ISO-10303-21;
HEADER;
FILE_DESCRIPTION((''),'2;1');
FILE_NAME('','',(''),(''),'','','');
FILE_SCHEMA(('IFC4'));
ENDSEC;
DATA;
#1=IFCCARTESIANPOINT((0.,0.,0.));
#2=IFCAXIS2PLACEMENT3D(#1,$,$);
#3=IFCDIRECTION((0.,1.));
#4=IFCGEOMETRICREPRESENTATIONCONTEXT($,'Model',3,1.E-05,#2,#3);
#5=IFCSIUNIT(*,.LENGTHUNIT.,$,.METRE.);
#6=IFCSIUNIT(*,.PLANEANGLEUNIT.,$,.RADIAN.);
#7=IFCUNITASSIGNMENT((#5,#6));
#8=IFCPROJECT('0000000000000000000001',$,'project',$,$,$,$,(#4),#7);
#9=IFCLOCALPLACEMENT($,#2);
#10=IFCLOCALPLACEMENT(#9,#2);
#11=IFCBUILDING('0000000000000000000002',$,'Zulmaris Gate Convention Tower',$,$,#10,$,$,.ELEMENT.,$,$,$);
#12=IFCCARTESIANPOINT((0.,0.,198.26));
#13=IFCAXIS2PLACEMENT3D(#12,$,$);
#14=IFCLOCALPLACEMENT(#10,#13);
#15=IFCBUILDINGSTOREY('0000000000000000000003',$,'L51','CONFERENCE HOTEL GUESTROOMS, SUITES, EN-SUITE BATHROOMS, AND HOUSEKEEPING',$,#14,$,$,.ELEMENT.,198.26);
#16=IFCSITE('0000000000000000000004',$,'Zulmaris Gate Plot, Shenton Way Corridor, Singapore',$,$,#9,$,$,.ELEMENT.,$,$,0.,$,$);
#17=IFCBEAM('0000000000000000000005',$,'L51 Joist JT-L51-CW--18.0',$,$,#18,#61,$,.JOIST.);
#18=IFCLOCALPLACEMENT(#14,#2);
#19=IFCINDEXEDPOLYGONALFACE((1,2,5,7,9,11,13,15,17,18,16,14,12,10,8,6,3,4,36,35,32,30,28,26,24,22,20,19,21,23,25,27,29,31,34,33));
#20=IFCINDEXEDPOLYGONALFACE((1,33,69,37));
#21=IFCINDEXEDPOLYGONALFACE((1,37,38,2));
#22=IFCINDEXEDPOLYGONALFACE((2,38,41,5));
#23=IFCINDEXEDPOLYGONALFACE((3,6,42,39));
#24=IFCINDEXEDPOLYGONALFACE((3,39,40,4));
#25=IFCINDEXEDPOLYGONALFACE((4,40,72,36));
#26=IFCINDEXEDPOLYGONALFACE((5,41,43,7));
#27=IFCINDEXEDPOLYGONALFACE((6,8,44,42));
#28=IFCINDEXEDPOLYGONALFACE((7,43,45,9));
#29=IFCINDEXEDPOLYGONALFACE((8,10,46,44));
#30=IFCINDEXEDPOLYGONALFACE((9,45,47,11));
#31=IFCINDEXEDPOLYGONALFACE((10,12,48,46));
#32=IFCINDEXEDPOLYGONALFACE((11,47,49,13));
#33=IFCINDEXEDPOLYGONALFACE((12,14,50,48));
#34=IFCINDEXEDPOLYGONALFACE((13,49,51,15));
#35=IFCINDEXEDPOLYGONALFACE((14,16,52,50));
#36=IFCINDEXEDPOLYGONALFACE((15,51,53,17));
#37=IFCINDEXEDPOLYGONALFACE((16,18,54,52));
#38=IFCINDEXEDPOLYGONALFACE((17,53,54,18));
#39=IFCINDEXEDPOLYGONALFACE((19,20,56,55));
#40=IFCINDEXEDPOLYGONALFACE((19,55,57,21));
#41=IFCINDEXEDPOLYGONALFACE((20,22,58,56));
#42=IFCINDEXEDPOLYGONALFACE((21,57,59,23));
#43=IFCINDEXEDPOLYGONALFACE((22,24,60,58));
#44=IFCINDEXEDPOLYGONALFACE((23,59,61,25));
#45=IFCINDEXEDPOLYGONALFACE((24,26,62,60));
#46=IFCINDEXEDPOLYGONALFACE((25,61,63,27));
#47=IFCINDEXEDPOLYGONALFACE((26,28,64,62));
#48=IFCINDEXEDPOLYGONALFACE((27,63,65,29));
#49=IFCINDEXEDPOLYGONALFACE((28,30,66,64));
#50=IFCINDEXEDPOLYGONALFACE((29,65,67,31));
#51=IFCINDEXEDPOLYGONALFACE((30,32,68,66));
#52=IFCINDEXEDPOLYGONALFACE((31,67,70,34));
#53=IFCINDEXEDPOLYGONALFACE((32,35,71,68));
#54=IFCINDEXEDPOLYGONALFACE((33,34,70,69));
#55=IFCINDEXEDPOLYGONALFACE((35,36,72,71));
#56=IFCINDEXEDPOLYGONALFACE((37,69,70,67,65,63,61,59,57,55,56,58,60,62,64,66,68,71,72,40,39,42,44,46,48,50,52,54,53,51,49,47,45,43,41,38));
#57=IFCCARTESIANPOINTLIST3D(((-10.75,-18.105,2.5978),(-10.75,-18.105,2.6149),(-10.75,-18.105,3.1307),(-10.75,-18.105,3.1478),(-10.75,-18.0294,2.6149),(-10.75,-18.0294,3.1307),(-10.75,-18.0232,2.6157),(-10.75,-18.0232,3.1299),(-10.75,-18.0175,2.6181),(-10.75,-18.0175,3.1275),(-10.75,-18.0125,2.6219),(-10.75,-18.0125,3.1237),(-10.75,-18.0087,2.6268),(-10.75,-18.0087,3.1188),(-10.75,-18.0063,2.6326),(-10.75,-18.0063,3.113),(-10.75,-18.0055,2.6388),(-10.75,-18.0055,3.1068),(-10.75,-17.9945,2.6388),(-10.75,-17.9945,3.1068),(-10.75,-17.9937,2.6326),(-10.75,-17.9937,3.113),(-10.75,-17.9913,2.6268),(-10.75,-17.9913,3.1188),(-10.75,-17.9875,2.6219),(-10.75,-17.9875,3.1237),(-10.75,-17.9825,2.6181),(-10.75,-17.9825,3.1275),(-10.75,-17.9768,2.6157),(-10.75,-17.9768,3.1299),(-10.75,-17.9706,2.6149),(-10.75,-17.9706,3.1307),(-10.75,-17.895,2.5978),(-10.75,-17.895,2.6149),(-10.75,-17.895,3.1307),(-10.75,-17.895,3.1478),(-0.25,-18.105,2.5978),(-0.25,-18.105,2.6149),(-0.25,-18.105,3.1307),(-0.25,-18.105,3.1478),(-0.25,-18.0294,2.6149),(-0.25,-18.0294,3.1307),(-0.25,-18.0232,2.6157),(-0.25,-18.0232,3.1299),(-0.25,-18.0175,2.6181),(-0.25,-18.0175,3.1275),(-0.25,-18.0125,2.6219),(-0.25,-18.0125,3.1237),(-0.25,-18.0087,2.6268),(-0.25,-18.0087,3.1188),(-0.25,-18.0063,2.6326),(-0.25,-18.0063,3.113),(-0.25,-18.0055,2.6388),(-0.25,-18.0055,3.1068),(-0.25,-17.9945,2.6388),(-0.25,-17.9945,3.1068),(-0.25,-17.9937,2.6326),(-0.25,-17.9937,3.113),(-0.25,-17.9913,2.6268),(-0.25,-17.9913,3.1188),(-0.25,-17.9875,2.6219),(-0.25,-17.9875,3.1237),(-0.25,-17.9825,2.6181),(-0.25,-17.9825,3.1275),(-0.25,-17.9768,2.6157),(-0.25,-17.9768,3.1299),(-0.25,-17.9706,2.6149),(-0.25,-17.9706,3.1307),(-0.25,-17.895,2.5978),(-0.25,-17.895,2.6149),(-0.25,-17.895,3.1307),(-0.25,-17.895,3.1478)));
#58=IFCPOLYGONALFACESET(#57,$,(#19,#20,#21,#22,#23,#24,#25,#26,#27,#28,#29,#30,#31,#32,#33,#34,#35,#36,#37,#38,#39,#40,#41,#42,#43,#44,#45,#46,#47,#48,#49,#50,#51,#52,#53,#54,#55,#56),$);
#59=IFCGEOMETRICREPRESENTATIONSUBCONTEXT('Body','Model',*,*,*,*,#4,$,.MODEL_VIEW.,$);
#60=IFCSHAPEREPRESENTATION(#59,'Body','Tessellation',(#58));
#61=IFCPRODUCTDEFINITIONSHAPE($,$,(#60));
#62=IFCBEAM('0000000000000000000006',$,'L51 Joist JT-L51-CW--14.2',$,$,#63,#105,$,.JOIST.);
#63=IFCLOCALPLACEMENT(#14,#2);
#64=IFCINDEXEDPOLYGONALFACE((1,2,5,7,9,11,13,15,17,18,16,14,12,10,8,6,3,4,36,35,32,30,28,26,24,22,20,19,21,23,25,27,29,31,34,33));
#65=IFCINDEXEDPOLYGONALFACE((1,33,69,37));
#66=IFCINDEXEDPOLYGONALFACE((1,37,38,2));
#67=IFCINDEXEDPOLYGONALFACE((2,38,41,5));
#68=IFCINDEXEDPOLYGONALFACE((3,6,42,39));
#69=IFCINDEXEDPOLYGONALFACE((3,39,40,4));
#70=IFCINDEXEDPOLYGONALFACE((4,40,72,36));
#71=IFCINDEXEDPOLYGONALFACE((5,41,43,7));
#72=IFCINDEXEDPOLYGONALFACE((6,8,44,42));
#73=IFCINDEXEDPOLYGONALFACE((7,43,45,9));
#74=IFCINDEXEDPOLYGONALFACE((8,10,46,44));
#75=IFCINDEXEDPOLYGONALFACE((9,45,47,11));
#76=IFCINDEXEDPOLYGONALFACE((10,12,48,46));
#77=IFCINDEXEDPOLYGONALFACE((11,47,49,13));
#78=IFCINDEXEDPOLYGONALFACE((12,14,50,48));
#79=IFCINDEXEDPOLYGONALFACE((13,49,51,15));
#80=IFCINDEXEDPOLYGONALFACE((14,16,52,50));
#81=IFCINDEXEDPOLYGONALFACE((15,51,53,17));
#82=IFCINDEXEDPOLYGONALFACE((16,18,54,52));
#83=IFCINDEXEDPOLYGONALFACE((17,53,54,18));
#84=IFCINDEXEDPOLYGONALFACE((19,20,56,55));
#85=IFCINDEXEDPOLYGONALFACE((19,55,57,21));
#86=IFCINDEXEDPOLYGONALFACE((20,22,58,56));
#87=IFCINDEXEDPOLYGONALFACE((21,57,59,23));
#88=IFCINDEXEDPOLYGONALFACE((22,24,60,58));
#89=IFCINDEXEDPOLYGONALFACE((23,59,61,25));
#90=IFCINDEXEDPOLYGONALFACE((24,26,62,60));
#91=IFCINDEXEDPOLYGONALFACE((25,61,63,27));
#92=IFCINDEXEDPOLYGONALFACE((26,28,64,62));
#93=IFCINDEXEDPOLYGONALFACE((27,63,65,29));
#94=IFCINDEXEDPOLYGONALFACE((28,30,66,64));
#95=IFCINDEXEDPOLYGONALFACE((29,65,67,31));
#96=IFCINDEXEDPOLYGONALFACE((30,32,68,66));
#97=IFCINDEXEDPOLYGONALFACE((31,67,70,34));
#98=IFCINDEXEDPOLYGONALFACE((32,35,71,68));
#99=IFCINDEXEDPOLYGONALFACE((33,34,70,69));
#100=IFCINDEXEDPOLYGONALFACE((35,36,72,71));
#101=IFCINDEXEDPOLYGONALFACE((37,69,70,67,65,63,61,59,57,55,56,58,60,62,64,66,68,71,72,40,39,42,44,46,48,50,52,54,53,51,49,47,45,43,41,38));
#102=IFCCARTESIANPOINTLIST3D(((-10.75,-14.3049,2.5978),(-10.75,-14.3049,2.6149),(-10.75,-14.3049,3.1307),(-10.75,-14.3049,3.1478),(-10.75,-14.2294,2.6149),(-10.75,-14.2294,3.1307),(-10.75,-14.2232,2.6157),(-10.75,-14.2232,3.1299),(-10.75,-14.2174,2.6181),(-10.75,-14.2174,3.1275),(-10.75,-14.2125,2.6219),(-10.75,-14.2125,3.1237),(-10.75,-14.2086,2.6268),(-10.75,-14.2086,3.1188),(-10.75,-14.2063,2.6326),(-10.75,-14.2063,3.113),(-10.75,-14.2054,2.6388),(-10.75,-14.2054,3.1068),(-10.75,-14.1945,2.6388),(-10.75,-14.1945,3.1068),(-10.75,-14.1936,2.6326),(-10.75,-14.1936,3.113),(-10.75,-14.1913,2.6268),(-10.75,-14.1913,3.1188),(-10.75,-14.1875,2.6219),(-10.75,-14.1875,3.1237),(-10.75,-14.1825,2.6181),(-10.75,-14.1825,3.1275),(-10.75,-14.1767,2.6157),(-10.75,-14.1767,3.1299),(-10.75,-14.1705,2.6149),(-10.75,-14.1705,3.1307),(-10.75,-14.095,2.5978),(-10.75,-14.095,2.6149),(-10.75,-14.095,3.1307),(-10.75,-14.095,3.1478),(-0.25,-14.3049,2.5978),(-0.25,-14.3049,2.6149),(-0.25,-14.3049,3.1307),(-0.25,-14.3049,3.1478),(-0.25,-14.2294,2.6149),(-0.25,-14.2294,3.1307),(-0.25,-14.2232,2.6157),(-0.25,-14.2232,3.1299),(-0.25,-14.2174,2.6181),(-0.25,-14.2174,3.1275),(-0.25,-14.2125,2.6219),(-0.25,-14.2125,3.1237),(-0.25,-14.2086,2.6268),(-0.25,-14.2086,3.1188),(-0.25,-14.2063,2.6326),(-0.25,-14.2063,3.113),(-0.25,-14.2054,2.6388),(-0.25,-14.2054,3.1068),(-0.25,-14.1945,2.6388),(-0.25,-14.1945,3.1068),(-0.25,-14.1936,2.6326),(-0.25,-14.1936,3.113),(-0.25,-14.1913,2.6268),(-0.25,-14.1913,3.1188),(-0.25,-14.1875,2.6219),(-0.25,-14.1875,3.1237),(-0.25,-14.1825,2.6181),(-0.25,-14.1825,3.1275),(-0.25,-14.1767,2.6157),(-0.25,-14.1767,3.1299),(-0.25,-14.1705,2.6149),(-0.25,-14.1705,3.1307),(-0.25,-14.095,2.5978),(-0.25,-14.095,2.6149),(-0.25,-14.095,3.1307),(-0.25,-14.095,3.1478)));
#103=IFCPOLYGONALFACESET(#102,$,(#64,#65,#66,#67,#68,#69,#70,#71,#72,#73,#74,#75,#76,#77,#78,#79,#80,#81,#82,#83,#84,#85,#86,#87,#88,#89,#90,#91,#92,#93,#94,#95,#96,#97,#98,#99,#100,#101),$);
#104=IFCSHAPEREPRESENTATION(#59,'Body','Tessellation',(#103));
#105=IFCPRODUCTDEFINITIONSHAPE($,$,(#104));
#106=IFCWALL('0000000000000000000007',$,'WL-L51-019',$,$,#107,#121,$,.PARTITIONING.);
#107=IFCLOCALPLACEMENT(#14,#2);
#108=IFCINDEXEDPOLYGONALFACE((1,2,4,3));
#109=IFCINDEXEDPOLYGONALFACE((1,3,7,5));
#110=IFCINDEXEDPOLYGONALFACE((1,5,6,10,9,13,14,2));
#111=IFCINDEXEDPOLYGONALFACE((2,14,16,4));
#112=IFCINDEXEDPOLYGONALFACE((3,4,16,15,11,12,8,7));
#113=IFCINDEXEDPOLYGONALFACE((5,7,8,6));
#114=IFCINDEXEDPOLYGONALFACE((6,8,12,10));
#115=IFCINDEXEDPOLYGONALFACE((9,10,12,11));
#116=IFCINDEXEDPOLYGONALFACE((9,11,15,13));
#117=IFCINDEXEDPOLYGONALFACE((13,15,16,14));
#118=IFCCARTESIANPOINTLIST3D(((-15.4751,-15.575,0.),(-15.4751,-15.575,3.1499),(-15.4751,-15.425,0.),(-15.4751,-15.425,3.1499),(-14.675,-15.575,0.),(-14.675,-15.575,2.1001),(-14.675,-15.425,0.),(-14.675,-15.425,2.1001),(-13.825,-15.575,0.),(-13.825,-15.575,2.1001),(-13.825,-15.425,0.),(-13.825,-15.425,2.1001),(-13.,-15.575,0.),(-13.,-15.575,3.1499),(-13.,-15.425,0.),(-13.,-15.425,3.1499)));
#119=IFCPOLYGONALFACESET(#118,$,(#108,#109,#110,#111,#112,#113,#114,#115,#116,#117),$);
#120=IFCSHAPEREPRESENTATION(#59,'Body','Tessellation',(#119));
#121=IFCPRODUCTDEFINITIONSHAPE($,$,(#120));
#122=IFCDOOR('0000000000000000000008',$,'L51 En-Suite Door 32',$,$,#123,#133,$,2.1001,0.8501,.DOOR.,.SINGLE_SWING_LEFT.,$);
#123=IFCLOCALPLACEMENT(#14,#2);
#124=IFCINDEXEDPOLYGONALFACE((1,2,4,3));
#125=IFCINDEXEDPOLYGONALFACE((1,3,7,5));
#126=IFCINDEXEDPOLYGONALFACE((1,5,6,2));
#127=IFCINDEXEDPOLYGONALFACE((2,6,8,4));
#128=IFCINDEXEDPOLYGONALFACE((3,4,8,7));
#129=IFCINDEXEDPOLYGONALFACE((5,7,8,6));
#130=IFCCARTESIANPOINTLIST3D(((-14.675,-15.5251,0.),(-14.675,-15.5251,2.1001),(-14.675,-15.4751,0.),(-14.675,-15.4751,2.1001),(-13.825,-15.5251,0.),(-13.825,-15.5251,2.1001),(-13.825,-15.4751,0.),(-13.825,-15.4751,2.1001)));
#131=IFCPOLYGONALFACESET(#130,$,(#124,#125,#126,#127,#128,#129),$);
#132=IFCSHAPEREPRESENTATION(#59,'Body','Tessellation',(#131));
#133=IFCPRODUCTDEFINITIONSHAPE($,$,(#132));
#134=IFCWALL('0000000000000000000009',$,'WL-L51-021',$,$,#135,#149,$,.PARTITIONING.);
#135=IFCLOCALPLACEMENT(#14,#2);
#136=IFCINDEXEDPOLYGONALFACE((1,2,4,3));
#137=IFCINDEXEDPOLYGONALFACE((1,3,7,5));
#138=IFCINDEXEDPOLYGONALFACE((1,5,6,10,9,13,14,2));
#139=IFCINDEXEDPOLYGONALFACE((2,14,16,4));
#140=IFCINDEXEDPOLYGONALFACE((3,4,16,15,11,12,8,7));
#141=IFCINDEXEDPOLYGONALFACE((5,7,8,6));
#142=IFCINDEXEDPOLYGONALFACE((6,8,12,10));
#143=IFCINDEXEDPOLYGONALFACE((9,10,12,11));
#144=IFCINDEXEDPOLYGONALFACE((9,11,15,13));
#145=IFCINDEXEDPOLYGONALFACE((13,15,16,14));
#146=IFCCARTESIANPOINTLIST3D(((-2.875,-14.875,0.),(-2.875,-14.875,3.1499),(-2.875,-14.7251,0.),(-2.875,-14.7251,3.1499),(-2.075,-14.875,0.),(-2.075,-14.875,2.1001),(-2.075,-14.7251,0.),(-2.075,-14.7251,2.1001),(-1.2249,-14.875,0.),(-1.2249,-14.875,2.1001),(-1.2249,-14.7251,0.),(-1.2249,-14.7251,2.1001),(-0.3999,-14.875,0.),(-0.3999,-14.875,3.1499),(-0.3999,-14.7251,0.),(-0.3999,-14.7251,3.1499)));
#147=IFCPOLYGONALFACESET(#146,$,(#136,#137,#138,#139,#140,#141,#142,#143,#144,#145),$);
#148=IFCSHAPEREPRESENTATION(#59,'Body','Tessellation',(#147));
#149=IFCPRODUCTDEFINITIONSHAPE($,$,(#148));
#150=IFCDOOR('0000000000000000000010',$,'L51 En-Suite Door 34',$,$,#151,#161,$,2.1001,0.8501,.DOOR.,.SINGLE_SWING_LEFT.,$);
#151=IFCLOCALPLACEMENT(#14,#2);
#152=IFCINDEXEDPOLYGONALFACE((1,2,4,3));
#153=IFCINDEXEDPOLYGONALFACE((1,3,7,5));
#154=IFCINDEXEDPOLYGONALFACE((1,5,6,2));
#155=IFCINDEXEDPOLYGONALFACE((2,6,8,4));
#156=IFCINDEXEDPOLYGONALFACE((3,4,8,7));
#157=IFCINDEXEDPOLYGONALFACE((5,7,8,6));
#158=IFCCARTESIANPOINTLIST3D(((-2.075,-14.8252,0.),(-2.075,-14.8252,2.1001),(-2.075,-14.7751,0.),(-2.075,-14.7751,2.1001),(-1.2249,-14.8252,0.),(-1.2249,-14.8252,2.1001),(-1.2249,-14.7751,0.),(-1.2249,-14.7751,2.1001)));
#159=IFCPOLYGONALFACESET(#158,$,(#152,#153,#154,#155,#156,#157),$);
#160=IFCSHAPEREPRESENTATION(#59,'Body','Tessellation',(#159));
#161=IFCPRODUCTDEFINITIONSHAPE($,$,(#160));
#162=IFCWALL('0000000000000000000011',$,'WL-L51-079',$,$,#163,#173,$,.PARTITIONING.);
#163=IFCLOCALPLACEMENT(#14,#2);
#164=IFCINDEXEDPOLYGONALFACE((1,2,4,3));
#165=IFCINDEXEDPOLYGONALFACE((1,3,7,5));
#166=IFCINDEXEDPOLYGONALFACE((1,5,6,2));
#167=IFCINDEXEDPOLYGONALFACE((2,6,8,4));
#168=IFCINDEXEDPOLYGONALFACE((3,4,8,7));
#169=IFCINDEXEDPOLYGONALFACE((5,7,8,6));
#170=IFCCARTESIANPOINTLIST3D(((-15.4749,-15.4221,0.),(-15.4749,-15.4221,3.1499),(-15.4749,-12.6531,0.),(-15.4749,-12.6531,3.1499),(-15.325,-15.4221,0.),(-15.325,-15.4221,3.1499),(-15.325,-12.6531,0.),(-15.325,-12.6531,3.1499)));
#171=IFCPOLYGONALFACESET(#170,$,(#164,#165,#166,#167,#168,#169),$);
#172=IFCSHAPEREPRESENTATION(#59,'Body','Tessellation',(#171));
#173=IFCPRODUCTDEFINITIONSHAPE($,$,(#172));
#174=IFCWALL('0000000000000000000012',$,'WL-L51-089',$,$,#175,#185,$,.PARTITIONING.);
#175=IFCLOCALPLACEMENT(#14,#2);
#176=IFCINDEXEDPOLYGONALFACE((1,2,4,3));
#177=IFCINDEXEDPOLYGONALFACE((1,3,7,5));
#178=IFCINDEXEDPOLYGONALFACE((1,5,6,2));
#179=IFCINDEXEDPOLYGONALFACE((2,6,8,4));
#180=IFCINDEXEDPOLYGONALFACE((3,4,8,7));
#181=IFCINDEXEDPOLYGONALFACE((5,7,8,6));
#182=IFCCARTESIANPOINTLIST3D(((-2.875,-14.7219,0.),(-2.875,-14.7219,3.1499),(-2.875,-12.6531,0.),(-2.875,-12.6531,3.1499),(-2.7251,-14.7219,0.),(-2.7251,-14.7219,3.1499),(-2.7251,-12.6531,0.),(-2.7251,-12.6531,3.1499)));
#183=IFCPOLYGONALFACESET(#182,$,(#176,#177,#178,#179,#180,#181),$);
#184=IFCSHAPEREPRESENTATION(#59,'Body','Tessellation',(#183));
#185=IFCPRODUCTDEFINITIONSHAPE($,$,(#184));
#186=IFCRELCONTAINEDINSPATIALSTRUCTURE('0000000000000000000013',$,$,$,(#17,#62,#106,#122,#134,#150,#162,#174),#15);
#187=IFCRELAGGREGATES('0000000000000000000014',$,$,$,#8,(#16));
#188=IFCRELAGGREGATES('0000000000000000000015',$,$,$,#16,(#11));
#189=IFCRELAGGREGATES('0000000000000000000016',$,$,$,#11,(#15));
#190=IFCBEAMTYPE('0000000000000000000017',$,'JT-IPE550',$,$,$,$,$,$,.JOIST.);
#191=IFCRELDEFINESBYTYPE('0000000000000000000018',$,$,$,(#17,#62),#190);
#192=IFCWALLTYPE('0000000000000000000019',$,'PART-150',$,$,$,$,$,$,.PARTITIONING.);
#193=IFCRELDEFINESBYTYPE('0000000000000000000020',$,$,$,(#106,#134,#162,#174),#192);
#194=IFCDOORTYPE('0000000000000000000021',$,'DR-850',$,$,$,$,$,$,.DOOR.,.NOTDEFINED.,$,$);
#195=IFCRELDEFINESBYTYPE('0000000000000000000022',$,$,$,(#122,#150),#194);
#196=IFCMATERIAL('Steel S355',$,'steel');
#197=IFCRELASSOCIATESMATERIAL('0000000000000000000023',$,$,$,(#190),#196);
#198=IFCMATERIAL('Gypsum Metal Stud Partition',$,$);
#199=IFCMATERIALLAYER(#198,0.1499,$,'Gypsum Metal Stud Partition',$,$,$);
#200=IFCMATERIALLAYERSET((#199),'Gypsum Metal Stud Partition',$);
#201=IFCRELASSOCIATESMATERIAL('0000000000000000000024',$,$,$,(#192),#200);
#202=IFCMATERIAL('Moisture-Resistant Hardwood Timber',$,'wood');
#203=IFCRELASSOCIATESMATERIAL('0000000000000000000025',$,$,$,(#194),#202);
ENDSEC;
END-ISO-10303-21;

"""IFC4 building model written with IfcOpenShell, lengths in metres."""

from ifc_helpers import new_model, si_unit, direction, frame, frame_2d, origin, origin_2d, place, context, subcontext, project, spatial, rectangle, i_section, extrude, material, layer, layer_set, material_profile, profile_set, type_object, element, fill, save


model = new_model("IFC4")

# Units and contexts
model_context = context("Model", 3, precision=1e-05, world=origin(), true_north=direction((0.0, 1.0)))
body_context = subcontext(model_context, "Body", "Model", "MODEL_VIEW")
ifc_project = project(units=[si_unit("LENGTHUNIT", "METRE"), si_unit("PLANEANGLEUNIT", "RADIAN")], contexts=[model_context])

# Site, building, storey
site_placement = place(None, origin())
site = spatial("IfcSite", under=ifc_project, at=site_placement, Name="Zulmaris Gate Plot, Shenton Way Corridor, Singapore", CompositionType="ELEMENT", RefElevation=0.0)
building_placement = place(site_placement, origin())
building = spatial("IfcBuilding", under=site, at=building_placement, Name="Zulmaris Gate Convention Tower", CompositionType="ELEMENT")
storey_placement = place(building_placement, frame((0.0, 0.0, 198.26)))
storey = spatial("IfcBuildingStorey", under=building, at=storey_placement, Name="L51", Description="CONFERENCE HOTEL GUESTROOMS, SUITES, EN-SUITE BATHROOMS, AND HOUSEKEEPING", CompositionType="ELEMENT", Elevation=198.26)

# Beams
ifc_material_1 = material(Name="Steel S355", Category="steel")
ifc_material_profile_1 = material_profile(ifc_material_1, i_section(OverallWidth=0.21, OverallDepth=0.55, WebThickness=0.011, FlangeThickness=0.0171, FilletRadius=0.0239, at=origin_2d()), Name="IPE 550")
ifc_profile_set_1 = profile_set([ifc_material_profile_1], Name="Steel S355")
beam_type_1 = type_object("IfcBeamType", Name="JT-IPE550", PredefinedType="JOIST", material=ifc_profile_set_1)
for number, where, z_axis, x_axis, name in (
    (1, (-10.75, -18.0, 2.8728), (1.0, 0.0, 0.0), (0.0, 1.0, 0.0), "L51 Joist JT-L51-CW--18.0"),
    (2, (-10.75, -14.2, 2.8728), (1.0, 0.0, 0.0), (0.0, 1.0, 0.0), "L51 Joist JT-L51-CW--14.2"),
):
    element("IfcBeam", number, at=place(storey_placement, frame(where, z_axis=z_axis, x_axis=x_axis)), inside=storey, type_object=beam_type_1, Name=name, PredefinedType="JOIST", context=body_context, shape_type="SweptSolid", body=[
        extrude(i_section(OverallWidth=0.21, OverallDepth=0.55, WebThickness=0.011, FlangeThickness=0.0171, FilletRadius=0.0239, at=origin_2d()), origin(), (0.0, 0.0, 1.0), 10.5),
    ])

# Walls, openings, doors
ifc_material_2 = material(Name="Gypsum Metal Stud Partition")
ifc_layer_1 = layer(ifc_material_2, 0.1499, Name="Gypsum Metal Stud Partition")
ifc_layer_set_1 = layer_set([ifc_layer_1], Name="Gypsum Metal Stud Partition")
wall_type_1 = type_object("IfcWallType", Name="PART-150", PredefinedType="PARTITIONING", material=ifc_layer_set_1)
wall_1_placement = place(storey_placement, frame((-15.4751, -15.5, 0.0), z_axis=(0.0, 0.0, 1.0), x_axis=(1.0, 0.0, 0.0)))
wall_1 = element("IfcWall", 3, at=wall_1_placement, inside=storey, type_object=wall_type_1, Name="WL-L51-019", PredefinedType="PARTITIONING", context=body_context, shape_type="SweptSolid", body=[
    extrude(rectangle(XDim=2.4751, YDim=0.1499, at=frame_2d((1.2375, 0.0))), origin(), (0.0, 0.0, 1.0), 3.1499),
])
opening_1_placement = place(wall_1_placement, frame((0.8, 0.0, 0.0)))
opening_1 = element("IfcOpeningElement", 4, at=opening_1_placement, cuts=wall_1, PredefinedType="OPENING", context=body_context, shape_type="SweptSolid", body=[
    extrude(rectangle(XDim=0.8501, YDim=2.1001, at=frame_2d((0.425, 1.05))), frame((0.0, 0.085, 0.0), z_axis=(0.0, -1.0, 0.0), x_axis=(1.0, 0.0, 0.0)), (0.0, 0.0, 1.0), 0.1699),
])
ifc_material_3 = material(Name="Moisture-Resistant Hardwood Timber", Category="wood")
door_type_1 = type_object("IfcDoorType", Name="DR-850", OperationType="NOTDEFINED", PredefinedType="DOOR", material=ifc_material_3)
door_1_placement = place(opening_1_placement, origin())
door_1 = element("IfcDoor", 5, at=door_1_placement, inside=storey, type_object=door_type_1, Name="L51 En-Suite Door 32", OperationType="SINGLE_SWING_LEFT", OverallHeight=2.1001, OverallWidth=0.8501, PredefinedType="DOOR", context=body_context, shape_type="SweptSolid", body=[
    extrude(rectangle(XDim=0.8501, YDim=2.1001, at=frame_2d((0.425, 1.05))), frame((0.0, 0.0249, 0.0), z_axis=(0.0, -1.0, 0.0), x_axis=(1.0, 0.0, 0.0)), (0.0, 0.0, 1.0), 0.05),
])
fill(opening_1, door_1)
wall_2_placement = place(storey_placement, frame((-2.875, -14.8, 0.0), z_axis=(0.0, 0.0, 1.0), x_axis=(1.0, 0.0, 0.0)))
wall_2 = element("IfcWall", 6, at=wall_2_placement, inside=storey, type_object=wall_type_1, Name="WL-L51-021", PredefinedType="PARTITIONING", context=body_context, shape_type="SweptSolid", body=[
    extrude(rectangle(XDim=2.4751, YDim=0.1499, at=frame_2d((1.2375, 0.0))), origin(), (0.0, 0.0, 1.0), 3.1499),
])
opening_2_placement = place(wall_2_placement, frame((0.8, 0.0, 0.0)))
opening_2 = element("IfcOpeningElement", 7, at=opening_2_placement, cuts=wall_2, PredefinedType="OPENING", context=body_context, shape_type="SweptSolid", body=[
    extrude(rectangle(XDim=0.8501, YDim=2.1001, at=frame_2d((0.425, 1.05))), frame((0.0, 0.085, 0.0), z_axis=(0.0, -1.0, 0.0), x_axis=(1.0, 0.0, 0.0)), (0.0, 0.0, 1.0), 0.1699),
])
door_2_placement = place(opening_2_placement, origin())
door_2 = element("IfcDoor", 8, at=door_2_placement, inside=storey, type_object=door_type_1, Name="L51 En-Suite Door 34", OperationType="SINGLE_SWING_LEFT", OverallHeight=2.1001, OverallWidth=0.8501, PredefinedType="DOOR", context=body_context, shape_type="SweptSolid", body=[
    extrude(rectangle(XDim=0.8501, YDim=2.1001, at=frame_2d((0.425, 1.05))), frame((0.0, 0.0249, 0.0), z_axis=(0.0, -1.0, 0.0), x_axis=(1.0, 0.0, 0.0)), (0.0, 0.0, 1.0), 0.05),
])
fill(opening_2, door_2)

# Walls
wall_3_placement = place(storey_placement, frame((-15.3999, -15.4221, 0.0), z_axis=(0.0, 0.0, 1.0), x_axis=(0.0, 1.0, 0.0)))
element("IfcWall", 9, at=wall_3_placement, inside=storey, type_object=wall_type_1, Name="WL-L51-079", PredefinedType="PARTITIONING", context=body_context, shape_type="SweptSolid", body=[
    extrude(rectangle(XDim=2.769, YDim=0.1499, at=frame_2d((1.3845, 0.0))), origin(), (0.0, 0.0, 1.0), 3.1499),
])
wall_4_placement = place(storey_placement, frame((-2.8, -14.7219, 0.0), z_axis=(0.0, 0.0, 1.0), x_axis=(0.0, 1.0, 0.0)))
element("IfcWall", 10, at=wall_4_placement, inside=storey, type_object=wall_type_1, Name="WL-L51-089", PredefinedType="PARTITIONING", context=body_context, shape_type="SweptSolid", body=[
    extrude(rectangle(XDim=2.0688, YDim=0.1499, at=frame_2d((1.0344, 0.0))), origin(), (0.0, 0.0, 1.0), 3.1499),
])

save(model, "model.ifc")
